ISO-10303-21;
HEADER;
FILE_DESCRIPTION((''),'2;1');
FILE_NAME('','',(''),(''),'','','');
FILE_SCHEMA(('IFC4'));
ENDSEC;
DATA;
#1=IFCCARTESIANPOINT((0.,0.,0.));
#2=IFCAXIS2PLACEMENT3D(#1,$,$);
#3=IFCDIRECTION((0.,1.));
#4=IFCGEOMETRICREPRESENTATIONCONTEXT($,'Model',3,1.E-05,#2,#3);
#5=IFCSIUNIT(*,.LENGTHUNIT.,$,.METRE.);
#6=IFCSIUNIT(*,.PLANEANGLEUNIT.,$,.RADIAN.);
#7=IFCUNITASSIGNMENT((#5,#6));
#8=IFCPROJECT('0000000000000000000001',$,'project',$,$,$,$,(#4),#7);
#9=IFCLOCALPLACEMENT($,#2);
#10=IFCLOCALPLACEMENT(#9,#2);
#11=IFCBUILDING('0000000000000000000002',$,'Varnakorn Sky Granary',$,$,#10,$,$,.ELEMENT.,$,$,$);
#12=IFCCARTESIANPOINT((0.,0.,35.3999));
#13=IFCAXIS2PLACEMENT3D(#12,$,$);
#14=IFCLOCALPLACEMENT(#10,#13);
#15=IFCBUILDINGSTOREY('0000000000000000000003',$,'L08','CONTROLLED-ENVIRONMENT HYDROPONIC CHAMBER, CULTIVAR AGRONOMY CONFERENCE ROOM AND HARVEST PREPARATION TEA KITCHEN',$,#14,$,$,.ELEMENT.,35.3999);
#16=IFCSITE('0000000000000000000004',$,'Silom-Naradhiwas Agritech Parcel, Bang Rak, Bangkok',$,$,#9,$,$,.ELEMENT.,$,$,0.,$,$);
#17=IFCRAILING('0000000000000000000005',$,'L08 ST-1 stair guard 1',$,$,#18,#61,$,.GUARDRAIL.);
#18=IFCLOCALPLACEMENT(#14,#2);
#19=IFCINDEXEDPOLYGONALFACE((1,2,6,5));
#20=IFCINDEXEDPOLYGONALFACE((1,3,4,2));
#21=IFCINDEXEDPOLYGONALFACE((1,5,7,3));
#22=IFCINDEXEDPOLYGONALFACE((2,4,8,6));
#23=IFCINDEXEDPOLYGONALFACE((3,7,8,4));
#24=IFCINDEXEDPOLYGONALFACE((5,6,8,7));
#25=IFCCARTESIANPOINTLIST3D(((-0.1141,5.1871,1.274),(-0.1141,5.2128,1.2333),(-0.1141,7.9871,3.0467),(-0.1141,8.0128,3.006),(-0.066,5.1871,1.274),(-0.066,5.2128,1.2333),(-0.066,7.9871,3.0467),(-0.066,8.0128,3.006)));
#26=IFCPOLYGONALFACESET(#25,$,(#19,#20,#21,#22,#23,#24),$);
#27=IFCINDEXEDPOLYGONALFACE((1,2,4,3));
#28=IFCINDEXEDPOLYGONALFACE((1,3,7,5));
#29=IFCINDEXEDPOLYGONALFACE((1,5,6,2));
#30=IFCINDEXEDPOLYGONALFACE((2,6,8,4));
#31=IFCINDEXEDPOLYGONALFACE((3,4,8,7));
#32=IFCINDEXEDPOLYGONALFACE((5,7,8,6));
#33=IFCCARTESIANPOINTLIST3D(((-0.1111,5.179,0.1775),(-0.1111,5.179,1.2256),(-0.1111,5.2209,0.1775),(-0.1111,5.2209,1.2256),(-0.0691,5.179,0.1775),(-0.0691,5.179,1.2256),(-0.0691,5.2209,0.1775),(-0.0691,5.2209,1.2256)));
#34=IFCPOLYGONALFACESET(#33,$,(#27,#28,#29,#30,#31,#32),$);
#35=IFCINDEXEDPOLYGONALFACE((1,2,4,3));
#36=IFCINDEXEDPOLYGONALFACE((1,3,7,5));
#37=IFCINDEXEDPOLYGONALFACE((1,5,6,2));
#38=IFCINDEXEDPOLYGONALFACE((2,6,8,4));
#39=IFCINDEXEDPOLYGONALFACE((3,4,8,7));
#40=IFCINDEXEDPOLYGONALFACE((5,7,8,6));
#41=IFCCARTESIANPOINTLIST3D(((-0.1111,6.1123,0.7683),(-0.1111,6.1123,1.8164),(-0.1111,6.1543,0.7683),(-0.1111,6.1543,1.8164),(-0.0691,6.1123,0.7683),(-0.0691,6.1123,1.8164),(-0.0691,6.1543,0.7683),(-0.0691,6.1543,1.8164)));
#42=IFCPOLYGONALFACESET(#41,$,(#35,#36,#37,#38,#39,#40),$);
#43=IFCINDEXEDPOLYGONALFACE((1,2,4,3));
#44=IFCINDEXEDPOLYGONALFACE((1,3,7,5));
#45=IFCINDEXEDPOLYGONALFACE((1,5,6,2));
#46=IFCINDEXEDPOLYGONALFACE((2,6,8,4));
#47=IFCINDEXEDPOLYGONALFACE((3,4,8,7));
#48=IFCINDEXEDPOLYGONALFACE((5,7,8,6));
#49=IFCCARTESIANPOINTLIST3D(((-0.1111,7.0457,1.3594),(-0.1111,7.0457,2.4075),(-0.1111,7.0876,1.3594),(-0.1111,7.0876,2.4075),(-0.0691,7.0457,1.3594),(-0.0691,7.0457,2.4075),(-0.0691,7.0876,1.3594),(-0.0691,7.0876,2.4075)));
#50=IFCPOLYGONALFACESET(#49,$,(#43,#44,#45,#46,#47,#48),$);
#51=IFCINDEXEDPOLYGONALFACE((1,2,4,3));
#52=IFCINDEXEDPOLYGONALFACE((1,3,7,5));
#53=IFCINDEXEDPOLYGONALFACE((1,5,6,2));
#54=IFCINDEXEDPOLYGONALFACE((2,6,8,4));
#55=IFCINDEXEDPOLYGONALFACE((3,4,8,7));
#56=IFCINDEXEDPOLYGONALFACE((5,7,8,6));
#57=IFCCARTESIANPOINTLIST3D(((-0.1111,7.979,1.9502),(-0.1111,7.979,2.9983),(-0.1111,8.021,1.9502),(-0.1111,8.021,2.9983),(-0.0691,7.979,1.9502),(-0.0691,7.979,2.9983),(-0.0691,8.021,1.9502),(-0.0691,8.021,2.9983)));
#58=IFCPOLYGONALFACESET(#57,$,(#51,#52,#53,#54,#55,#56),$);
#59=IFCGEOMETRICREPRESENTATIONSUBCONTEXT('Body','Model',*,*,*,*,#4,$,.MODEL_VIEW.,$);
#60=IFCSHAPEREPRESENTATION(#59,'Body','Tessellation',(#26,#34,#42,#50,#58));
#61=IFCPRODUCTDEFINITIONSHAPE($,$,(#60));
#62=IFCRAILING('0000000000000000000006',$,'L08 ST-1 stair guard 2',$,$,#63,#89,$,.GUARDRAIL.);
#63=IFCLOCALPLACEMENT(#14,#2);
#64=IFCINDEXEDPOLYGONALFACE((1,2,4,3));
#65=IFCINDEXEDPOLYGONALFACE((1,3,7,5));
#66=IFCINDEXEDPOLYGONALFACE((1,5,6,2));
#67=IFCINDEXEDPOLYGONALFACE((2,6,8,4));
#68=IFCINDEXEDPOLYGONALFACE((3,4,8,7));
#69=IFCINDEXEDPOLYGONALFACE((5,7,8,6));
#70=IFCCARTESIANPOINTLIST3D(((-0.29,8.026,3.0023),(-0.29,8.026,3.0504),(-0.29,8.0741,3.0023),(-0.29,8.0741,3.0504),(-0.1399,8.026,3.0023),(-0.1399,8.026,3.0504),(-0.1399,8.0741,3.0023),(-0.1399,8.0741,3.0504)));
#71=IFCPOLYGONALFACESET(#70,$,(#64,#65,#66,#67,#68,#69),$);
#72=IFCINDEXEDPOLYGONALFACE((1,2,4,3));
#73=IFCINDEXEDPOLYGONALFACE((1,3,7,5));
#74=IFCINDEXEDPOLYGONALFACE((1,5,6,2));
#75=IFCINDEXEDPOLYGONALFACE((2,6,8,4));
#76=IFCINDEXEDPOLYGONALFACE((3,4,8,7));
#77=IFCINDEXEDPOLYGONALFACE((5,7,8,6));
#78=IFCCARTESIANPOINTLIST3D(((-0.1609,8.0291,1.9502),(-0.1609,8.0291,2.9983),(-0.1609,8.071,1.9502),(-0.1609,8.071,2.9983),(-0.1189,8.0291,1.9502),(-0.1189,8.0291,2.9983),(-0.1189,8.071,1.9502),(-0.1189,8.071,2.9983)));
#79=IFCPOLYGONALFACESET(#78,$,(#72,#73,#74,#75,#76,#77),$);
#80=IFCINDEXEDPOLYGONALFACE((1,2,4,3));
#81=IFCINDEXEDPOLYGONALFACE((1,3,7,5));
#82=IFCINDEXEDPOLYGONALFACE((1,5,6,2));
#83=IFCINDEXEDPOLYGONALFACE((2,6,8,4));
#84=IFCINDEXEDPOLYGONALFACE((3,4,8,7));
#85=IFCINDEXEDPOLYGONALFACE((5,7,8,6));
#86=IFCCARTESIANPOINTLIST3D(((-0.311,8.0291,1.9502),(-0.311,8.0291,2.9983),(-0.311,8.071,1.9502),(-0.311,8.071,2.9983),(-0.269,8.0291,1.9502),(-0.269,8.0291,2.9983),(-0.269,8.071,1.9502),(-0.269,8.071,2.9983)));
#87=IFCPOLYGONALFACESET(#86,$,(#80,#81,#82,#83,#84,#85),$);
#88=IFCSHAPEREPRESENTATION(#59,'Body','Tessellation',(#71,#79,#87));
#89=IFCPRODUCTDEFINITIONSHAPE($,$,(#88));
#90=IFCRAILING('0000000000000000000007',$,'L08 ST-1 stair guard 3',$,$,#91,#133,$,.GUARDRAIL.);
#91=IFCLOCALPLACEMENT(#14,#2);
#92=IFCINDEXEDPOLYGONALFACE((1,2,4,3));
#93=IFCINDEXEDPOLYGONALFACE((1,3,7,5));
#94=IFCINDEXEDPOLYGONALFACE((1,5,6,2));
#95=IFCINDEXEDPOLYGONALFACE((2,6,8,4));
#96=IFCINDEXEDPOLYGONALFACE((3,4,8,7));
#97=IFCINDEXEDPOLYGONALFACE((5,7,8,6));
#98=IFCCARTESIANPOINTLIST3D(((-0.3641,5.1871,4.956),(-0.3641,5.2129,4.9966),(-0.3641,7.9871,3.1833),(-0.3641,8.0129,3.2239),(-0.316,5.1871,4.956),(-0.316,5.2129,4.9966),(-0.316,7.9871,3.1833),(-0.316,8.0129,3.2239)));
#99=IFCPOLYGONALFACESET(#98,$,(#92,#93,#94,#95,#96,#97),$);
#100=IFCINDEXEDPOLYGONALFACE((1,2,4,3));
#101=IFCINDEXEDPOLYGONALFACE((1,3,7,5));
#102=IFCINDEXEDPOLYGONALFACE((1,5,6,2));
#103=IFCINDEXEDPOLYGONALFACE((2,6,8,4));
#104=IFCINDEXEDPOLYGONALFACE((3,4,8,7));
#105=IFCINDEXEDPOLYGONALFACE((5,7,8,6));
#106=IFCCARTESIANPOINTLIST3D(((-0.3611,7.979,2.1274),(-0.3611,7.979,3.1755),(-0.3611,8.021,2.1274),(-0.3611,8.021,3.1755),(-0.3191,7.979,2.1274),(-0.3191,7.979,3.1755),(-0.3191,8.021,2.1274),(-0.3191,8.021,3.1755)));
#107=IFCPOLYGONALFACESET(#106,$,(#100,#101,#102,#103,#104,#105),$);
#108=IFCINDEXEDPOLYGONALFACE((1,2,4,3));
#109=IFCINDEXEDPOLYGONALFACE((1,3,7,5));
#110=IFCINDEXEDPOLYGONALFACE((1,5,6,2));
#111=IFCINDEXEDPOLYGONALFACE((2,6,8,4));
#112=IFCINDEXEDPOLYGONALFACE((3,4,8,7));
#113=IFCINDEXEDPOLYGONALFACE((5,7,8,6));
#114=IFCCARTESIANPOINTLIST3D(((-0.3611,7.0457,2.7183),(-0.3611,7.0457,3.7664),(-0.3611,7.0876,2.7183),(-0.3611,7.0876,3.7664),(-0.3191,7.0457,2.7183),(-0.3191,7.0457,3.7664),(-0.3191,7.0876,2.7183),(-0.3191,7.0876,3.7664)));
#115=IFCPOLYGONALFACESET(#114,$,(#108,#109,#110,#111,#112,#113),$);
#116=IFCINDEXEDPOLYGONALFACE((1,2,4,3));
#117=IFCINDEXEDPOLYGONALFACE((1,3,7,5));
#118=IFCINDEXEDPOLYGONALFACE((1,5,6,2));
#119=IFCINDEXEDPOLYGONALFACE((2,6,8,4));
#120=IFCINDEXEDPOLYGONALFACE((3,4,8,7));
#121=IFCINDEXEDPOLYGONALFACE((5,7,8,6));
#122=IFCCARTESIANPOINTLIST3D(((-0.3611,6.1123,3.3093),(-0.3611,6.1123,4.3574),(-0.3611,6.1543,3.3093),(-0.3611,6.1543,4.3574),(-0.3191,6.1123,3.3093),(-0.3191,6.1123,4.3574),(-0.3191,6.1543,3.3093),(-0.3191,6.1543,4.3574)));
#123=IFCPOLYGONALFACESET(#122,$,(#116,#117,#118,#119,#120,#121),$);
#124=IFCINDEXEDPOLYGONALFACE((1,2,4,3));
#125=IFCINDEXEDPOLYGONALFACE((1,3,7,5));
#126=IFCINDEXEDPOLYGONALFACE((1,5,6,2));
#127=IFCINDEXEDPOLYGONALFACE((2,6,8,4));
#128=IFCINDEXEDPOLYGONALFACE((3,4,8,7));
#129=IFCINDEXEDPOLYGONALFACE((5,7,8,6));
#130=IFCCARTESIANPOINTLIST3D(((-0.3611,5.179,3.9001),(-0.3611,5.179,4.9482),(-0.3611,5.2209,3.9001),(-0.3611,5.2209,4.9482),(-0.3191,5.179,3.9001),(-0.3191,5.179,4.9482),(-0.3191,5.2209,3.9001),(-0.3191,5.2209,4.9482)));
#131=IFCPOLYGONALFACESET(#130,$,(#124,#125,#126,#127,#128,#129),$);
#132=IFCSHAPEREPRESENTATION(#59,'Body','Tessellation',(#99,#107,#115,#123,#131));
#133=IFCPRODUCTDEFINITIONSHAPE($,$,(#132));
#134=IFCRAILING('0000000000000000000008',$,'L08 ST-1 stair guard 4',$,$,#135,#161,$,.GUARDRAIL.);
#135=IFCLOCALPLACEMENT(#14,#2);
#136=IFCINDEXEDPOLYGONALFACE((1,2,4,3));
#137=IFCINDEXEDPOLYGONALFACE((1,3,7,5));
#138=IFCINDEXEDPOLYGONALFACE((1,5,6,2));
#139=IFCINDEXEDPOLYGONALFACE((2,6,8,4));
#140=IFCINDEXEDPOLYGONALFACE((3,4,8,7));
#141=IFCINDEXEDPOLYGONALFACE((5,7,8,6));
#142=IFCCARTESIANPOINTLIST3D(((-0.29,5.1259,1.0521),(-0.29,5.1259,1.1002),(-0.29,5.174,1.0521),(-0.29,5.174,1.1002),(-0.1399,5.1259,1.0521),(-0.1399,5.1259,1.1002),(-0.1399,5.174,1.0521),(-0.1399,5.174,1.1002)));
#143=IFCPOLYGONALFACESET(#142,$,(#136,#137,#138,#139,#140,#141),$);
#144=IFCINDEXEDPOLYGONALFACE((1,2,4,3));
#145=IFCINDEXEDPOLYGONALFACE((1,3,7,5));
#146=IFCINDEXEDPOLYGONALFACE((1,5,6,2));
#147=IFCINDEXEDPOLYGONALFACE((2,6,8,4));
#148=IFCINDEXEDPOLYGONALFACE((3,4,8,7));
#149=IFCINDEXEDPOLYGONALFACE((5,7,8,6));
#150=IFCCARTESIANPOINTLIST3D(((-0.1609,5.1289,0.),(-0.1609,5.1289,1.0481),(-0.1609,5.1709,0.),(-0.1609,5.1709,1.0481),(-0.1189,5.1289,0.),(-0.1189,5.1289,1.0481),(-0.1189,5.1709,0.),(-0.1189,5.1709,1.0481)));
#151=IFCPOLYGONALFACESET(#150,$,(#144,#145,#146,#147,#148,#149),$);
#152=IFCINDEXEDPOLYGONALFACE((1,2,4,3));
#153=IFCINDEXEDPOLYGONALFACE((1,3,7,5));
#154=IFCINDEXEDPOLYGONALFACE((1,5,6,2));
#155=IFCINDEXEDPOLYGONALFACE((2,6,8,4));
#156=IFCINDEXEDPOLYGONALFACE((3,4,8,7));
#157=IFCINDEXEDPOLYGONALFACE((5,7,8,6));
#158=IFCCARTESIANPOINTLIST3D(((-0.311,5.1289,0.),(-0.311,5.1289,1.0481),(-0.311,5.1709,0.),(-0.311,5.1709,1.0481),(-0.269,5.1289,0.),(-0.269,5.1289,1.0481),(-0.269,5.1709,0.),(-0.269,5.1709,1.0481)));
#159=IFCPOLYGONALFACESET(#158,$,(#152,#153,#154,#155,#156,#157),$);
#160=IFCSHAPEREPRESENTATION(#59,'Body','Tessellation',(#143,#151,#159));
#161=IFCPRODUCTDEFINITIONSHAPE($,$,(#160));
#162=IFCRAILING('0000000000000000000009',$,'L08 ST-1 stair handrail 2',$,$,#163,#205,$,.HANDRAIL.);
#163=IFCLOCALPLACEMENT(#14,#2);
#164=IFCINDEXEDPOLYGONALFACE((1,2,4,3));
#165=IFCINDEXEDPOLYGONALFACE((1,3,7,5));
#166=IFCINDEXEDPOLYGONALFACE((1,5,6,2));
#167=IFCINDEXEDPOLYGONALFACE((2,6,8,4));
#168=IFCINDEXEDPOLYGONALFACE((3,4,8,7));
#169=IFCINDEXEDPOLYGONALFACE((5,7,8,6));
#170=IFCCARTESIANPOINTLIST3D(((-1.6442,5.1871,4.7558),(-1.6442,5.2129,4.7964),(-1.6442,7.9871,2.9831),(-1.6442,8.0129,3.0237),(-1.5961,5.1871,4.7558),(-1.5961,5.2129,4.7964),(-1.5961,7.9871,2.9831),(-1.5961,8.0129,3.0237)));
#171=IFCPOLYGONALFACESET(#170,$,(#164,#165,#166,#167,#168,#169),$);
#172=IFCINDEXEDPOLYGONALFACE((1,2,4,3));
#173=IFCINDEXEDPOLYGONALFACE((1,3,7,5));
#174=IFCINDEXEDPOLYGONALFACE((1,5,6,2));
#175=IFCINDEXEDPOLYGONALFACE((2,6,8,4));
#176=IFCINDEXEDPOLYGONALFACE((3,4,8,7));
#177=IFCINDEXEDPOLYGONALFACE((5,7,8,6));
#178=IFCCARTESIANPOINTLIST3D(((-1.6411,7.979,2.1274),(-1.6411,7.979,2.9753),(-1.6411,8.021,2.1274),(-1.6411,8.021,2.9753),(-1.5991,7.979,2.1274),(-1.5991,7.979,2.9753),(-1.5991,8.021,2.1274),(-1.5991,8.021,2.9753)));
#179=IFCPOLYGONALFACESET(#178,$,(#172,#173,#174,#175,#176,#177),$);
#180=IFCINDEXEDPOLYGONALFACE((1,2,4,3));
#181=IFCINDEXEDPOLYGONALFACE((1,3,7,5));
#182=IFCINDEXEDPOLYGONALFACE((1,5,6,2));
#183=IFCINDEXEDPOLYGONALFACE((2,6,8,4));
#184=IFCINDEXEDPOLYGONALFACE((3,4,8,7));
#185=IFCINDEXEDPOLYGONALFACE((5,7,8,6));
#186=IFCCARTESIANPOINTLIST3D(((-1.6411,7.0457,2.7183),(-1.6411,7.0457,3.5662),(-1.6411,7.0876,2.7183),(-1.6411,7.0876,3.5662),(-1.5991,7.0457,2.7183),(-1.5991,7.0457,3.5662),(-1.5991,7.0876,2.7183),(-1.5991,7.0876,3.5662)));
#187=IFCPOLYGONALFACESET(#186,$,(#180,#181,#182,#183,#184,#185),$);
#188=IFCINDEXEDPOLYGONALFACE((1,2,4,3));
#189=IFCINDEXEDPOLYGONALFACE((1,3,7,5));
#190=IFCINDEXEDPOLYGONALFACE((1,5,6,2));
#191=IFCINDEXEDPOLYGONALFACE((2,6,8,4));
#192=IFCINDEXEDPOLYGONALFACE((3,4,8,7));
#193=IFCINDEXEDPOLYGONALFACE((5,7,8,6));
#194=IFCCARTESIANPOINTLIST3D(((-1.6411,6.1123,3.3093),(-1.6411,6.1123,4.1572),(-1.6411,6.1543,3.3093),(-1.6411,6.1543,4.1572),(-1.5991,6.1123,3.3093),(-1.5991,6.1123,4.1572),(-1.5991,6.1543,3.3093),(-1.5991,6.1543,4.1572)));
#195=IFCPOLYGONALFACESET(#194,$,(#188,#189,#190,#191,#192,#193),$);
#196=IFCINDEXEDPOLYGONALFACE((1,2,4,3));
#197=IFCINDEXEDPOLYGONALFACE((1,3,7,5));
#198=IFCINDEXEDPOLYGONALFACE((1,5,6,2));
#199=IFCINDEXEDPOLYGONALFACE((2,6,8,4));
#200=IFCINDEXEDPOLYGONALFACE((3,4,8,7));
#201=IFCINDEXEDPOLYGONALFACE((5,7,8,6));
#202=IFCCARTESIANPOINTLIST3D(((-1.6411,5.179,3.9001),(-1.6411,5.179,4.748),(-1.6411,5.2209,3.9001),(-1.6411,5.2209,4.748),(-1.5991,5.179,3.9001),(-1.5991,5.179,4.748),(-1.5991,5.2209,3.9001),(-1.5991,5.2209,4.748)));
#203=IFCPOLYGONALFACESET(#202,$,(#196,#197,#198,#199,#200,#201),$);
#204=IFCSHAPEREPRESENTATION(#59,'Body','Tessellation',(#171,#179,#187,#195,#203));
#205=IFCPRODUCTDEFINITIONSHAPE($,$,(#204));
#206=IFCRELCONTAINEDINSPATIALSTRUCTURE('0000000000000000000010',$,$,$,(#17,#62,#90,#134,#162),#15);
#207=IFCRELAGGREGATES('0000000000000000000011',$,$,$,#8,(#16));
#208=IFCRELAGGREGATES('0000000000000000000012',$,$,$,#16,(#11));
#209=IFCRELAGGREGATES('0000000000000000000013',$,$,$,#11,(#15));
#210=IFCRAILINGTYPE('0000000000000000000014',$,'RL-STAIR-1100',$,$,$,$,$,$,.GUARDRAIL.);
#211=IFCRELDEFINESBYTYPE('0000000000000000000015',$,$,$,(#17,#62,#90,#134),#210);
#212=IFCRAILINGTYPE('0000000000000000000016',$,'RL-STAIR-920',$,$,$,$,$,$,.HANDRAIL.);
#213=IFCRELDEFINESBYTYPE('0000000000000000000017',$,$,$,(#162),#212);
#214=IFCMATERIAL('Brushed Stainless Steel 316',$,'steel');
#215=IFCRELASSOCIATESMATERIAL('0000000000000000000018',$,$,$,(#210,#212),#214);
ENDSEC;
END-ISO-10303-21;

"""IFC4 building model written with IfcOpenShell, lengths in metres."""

from ifc_helpers import new_model, si_unit, direction, frame, origin, origin_2d, place, context, subcontext, project, spatial, rectangle, extrude, material, type_object, element, save


model = new_model("IFC4")

# Units and contexts
model_context = context("Model", 3, precision=1e-05, world=origin(), true_north=direction((0.0, 1.0)))
body_context = subcontext(model_context, "Body", "Model", "MODEL_VIEW")
ifc_project = project(units=[si_unit("LENGTHUNIT", "METRE"), si_unit("PLANEANGLEUNIT", "RADIAN")], contexts=[model_context])

# Site, building, storey
site_placement = place(None, origin())
site = spatial("IfcSite", under=ifc_project, at=site_placement, Name="Silom-Naradhiwas Agritech Parcel, Bang Rak, Bangkok", CompositionType="ELEMENT", RefElevation=0.0)
building_placement = place(site_placement, origin())
building = spatial("IfcBuilding", under=site, at=building_placement, Name="Varnakorn Sky Granary", CompositionType="ELEMENT")
storey_placement = place(building_placement, frame((0.0, 0.0, 35.3999)))
storey = spatial("IfcBuildingStorey", under=building, at=storey_placement, Name="L08", Description="CONTROLLED-ENVIRONMENT HYDROPONIC CHAMBER, CULTIVAR AGRONOMY CONFERENCE ROOM AND HARVEST PREPARATION TEA KITCHEN", CompositionType="ELEMENT", Elevation=35.3999)

# Railings
ifc_material_1 = material(Name="Brushed Stainless Steel 316", Category="steel")
railing_type_1 = type_object("IfcRailingType", Name="RL-STAIR-1100", PredefinedType="GUARDRAIL", material=ifc_material_1)
railing_1_placement = place(storey_placement, frame((-0.0901, 5.2, 0.1775)))
element("IfcRailing", 1, at=railing_1_placement, inside=storey, type_object=railing_type_1, Name="L08 ST-1 stair guard 1", PredefinedType="GUARDRAIL", context=body_context, shape_type="SweptSolid", body=[
    extrude(rectangle(XDim=0.0481, YDim=0.0481, at=origin_2d()), frame((0.0, 0.0, 1.0762), z_axis=(0.0, 0.844909, 0.53491), x_axis=(-1.0, 0.0, 0.0)), (0.0, 0.0, 1.0), 3.314),
    extrude(rectangle(XDim=0.042, YDim=0.042, at=origin_2d()), origin(), (0.0, 0.0, 1.0), 1.0481),
    extrude(rectangle(XDim=0.042, YDim=0.042, at=origin_2d()), frame((0.0, 0.9333, 0.5908)), (0.0, 0.0, 1.0), 1.0481),
    extrude(rectangle(XDim=0.042, YDim=0.042, at=origin_2d()), frame((0.0, 1.8667, 1.1819)), (0.0, 0.0, 1.0), 1.0481),
    extrude(rectangle(XDim=0.042, YDim=0.042, at=origin_2d()), frame((0.0, 2.8, 1.7727)), (0.0, 0.0, 1.0), 1.0481),
])
railing_2_placement = place(storey_placement, frame((-0.1399, 8.05, 1.9502)))
element("IfcRailing", 2, at=railing_2_placement, inside=storey, type_object=railing_type_1, Name="L08 ST-1 stair guard 2", PredefinedType="GUARDRAIL", context=body_context, shape_type="SweptSolid", body=[
    extrude(rectangle(XDim=0.0481, YDim=0.0481, at=origin_2d()), frame((0.0, 0.0, 1.0762), z_axis=(-1.0, 0.0, 0.0), x_axis=(0.0, -1.0, 0.0)), (0.0, 0.0, 1.0), 0.1501),
    extrude(rectangle(XDim=0.042, YDim=0.042, at=origin_2d()), origin(), (0.0, 0.0, 1.0), 1.0481),
    extrude(rectangle(XDim=0.042, YDim=0.042, at=origin_2d()), frame((-0.1501, 0.0, 0.0)), (0.0, 0.0, 1.0), 1.0481),
])
railing_3_placement = place(storey_placement, frame((-0.3401, 8.0, 2.1274)))
element("IfcRailing", 3, at=railing_3_placement, inside=storey, type_object=railing_type_1, Name="L08 ST-1 stair guard 3", PredefinedType="GUARDRAIL", context=body_context, shape_type="SweptSolid", body=[
    extrude(rectangle(XDim=0.0481, YDim=0.0481, at=origin_2d()), frame((0.0, 0.0, 1.0762), z_axis=(0.0, -0.844909, 0.53491), x_axis=(1.0, 0.0, 0.0)), (0.0, 0.0, 1.0), 3.314),
    extrude(rectangle(XDim=0.042, YDim=0.042, at=origin_2d()), origin(), (0.0, 0.0, 1.0), 1.0481),
    extrude(rectangle(XDim=0.042, YDim=0.042, at=origin_2d()), frame((0.0, -0.9333, 0.5908)), (0.0, 0.0, 1.0), 1.0481),
    extrude(rectangle(XDim=0.042, YDim=0.042, at=origin_2d()), frame((0.0, -1.8667, 1.1819)), (0.0, 0.0, 1.0), 1.0481),
    extrude(rectangle(XDim=0.042, YDim=0.042, at=origin_2d()), frame((0.0, -2.8, 1.7727)), (0.0, 0.0, 1.0), 1.0481),
])
railing_4_placement = place(storey_placement, frame((-0.1399, 5.1499, 0.0)))
element("IfcRailing", 4, at=railing_4_placement, inside=storey, type_object=railing_type_1, Name="L08 ST-1 stair guard 4", PredefinedType="GUARDRAIL", context=body_context, shape_type="SweptSolid", body=[
    extrude(rectangle(XDim=0.0481, YDim=0.0481, at=origin_2d()), frame((0.0, 0.0, 1.0762), z_axis=(-1.0, 0.0, 0.0), x_axis=(0.0, -1.0, 0.0)), (0.0, 0.0, 1.0), 0.1501),
    extrude(rectangle(XDim=0.042, YDim=0.042, at=origin_2d()), origin(), (0.0, 0.0, 1.0), 1.0481),
    extrude(rectangle(XDim=0.042, YDim=0.042, at=origin_2d()), frame((-0.1501, 0.0, 0.0)), (0.0, 0.0, 1.0), 1.0481),
])
railing_type_2 = type_object("IfcRailingType", Name="RL-STAIR-920", PredefinedType="HANDRAIL", material=ifc_material_1)
railing_5_placement = place(storey_placement, frame((-1.6201, 8.0, 2.1274)))
element("IfcRailing", 5, at=railing_5_placement, inside=storey, type_object=railing_type_2, Name="L08 ST-1 stair handrail 2", PredefinedType="HANDRAIL", context=body_context, shape_type="SweptSolid", body=[
    extrude(rectangle(XDim=0.0481, YDim=0.0481, at=origin_2d()), frame((0.0, 0.0, 0.876), z_axis=(0.0, -0.844909, 0.53491), x_axis=(1.0, 0.0, 0.0)), (0.0, 0.0, 1.0), 3.314),
    extrude(rectangle(XDim=0.042, YDim=0.042, at=origin_2d()), origin(), (0.0, 0.0, 1.0), 0.8479),
    extrude(rectangle(XDim=0.042, YDim=0.042, at=origin_2d()), frame((0.0, -0.9333, 0.5908)), (0.0, 0.0, 1.0), 0.8479),
    extrude(rectangle(XDim=0.042, YDim=0.042, at=origin_2d()), frame((0.0, -1.8667, 1.1819)), (0.0, 0.0, 1.0), 0.8479),
    extrude(rectangle(XDim=0.042, YDim=0.042, at=origin_2d()), frame((0.0, -2.8, 1.7727)), (0.0, 0.0, 1.0), 0.8479),
])

save(model, "model.ifc")
